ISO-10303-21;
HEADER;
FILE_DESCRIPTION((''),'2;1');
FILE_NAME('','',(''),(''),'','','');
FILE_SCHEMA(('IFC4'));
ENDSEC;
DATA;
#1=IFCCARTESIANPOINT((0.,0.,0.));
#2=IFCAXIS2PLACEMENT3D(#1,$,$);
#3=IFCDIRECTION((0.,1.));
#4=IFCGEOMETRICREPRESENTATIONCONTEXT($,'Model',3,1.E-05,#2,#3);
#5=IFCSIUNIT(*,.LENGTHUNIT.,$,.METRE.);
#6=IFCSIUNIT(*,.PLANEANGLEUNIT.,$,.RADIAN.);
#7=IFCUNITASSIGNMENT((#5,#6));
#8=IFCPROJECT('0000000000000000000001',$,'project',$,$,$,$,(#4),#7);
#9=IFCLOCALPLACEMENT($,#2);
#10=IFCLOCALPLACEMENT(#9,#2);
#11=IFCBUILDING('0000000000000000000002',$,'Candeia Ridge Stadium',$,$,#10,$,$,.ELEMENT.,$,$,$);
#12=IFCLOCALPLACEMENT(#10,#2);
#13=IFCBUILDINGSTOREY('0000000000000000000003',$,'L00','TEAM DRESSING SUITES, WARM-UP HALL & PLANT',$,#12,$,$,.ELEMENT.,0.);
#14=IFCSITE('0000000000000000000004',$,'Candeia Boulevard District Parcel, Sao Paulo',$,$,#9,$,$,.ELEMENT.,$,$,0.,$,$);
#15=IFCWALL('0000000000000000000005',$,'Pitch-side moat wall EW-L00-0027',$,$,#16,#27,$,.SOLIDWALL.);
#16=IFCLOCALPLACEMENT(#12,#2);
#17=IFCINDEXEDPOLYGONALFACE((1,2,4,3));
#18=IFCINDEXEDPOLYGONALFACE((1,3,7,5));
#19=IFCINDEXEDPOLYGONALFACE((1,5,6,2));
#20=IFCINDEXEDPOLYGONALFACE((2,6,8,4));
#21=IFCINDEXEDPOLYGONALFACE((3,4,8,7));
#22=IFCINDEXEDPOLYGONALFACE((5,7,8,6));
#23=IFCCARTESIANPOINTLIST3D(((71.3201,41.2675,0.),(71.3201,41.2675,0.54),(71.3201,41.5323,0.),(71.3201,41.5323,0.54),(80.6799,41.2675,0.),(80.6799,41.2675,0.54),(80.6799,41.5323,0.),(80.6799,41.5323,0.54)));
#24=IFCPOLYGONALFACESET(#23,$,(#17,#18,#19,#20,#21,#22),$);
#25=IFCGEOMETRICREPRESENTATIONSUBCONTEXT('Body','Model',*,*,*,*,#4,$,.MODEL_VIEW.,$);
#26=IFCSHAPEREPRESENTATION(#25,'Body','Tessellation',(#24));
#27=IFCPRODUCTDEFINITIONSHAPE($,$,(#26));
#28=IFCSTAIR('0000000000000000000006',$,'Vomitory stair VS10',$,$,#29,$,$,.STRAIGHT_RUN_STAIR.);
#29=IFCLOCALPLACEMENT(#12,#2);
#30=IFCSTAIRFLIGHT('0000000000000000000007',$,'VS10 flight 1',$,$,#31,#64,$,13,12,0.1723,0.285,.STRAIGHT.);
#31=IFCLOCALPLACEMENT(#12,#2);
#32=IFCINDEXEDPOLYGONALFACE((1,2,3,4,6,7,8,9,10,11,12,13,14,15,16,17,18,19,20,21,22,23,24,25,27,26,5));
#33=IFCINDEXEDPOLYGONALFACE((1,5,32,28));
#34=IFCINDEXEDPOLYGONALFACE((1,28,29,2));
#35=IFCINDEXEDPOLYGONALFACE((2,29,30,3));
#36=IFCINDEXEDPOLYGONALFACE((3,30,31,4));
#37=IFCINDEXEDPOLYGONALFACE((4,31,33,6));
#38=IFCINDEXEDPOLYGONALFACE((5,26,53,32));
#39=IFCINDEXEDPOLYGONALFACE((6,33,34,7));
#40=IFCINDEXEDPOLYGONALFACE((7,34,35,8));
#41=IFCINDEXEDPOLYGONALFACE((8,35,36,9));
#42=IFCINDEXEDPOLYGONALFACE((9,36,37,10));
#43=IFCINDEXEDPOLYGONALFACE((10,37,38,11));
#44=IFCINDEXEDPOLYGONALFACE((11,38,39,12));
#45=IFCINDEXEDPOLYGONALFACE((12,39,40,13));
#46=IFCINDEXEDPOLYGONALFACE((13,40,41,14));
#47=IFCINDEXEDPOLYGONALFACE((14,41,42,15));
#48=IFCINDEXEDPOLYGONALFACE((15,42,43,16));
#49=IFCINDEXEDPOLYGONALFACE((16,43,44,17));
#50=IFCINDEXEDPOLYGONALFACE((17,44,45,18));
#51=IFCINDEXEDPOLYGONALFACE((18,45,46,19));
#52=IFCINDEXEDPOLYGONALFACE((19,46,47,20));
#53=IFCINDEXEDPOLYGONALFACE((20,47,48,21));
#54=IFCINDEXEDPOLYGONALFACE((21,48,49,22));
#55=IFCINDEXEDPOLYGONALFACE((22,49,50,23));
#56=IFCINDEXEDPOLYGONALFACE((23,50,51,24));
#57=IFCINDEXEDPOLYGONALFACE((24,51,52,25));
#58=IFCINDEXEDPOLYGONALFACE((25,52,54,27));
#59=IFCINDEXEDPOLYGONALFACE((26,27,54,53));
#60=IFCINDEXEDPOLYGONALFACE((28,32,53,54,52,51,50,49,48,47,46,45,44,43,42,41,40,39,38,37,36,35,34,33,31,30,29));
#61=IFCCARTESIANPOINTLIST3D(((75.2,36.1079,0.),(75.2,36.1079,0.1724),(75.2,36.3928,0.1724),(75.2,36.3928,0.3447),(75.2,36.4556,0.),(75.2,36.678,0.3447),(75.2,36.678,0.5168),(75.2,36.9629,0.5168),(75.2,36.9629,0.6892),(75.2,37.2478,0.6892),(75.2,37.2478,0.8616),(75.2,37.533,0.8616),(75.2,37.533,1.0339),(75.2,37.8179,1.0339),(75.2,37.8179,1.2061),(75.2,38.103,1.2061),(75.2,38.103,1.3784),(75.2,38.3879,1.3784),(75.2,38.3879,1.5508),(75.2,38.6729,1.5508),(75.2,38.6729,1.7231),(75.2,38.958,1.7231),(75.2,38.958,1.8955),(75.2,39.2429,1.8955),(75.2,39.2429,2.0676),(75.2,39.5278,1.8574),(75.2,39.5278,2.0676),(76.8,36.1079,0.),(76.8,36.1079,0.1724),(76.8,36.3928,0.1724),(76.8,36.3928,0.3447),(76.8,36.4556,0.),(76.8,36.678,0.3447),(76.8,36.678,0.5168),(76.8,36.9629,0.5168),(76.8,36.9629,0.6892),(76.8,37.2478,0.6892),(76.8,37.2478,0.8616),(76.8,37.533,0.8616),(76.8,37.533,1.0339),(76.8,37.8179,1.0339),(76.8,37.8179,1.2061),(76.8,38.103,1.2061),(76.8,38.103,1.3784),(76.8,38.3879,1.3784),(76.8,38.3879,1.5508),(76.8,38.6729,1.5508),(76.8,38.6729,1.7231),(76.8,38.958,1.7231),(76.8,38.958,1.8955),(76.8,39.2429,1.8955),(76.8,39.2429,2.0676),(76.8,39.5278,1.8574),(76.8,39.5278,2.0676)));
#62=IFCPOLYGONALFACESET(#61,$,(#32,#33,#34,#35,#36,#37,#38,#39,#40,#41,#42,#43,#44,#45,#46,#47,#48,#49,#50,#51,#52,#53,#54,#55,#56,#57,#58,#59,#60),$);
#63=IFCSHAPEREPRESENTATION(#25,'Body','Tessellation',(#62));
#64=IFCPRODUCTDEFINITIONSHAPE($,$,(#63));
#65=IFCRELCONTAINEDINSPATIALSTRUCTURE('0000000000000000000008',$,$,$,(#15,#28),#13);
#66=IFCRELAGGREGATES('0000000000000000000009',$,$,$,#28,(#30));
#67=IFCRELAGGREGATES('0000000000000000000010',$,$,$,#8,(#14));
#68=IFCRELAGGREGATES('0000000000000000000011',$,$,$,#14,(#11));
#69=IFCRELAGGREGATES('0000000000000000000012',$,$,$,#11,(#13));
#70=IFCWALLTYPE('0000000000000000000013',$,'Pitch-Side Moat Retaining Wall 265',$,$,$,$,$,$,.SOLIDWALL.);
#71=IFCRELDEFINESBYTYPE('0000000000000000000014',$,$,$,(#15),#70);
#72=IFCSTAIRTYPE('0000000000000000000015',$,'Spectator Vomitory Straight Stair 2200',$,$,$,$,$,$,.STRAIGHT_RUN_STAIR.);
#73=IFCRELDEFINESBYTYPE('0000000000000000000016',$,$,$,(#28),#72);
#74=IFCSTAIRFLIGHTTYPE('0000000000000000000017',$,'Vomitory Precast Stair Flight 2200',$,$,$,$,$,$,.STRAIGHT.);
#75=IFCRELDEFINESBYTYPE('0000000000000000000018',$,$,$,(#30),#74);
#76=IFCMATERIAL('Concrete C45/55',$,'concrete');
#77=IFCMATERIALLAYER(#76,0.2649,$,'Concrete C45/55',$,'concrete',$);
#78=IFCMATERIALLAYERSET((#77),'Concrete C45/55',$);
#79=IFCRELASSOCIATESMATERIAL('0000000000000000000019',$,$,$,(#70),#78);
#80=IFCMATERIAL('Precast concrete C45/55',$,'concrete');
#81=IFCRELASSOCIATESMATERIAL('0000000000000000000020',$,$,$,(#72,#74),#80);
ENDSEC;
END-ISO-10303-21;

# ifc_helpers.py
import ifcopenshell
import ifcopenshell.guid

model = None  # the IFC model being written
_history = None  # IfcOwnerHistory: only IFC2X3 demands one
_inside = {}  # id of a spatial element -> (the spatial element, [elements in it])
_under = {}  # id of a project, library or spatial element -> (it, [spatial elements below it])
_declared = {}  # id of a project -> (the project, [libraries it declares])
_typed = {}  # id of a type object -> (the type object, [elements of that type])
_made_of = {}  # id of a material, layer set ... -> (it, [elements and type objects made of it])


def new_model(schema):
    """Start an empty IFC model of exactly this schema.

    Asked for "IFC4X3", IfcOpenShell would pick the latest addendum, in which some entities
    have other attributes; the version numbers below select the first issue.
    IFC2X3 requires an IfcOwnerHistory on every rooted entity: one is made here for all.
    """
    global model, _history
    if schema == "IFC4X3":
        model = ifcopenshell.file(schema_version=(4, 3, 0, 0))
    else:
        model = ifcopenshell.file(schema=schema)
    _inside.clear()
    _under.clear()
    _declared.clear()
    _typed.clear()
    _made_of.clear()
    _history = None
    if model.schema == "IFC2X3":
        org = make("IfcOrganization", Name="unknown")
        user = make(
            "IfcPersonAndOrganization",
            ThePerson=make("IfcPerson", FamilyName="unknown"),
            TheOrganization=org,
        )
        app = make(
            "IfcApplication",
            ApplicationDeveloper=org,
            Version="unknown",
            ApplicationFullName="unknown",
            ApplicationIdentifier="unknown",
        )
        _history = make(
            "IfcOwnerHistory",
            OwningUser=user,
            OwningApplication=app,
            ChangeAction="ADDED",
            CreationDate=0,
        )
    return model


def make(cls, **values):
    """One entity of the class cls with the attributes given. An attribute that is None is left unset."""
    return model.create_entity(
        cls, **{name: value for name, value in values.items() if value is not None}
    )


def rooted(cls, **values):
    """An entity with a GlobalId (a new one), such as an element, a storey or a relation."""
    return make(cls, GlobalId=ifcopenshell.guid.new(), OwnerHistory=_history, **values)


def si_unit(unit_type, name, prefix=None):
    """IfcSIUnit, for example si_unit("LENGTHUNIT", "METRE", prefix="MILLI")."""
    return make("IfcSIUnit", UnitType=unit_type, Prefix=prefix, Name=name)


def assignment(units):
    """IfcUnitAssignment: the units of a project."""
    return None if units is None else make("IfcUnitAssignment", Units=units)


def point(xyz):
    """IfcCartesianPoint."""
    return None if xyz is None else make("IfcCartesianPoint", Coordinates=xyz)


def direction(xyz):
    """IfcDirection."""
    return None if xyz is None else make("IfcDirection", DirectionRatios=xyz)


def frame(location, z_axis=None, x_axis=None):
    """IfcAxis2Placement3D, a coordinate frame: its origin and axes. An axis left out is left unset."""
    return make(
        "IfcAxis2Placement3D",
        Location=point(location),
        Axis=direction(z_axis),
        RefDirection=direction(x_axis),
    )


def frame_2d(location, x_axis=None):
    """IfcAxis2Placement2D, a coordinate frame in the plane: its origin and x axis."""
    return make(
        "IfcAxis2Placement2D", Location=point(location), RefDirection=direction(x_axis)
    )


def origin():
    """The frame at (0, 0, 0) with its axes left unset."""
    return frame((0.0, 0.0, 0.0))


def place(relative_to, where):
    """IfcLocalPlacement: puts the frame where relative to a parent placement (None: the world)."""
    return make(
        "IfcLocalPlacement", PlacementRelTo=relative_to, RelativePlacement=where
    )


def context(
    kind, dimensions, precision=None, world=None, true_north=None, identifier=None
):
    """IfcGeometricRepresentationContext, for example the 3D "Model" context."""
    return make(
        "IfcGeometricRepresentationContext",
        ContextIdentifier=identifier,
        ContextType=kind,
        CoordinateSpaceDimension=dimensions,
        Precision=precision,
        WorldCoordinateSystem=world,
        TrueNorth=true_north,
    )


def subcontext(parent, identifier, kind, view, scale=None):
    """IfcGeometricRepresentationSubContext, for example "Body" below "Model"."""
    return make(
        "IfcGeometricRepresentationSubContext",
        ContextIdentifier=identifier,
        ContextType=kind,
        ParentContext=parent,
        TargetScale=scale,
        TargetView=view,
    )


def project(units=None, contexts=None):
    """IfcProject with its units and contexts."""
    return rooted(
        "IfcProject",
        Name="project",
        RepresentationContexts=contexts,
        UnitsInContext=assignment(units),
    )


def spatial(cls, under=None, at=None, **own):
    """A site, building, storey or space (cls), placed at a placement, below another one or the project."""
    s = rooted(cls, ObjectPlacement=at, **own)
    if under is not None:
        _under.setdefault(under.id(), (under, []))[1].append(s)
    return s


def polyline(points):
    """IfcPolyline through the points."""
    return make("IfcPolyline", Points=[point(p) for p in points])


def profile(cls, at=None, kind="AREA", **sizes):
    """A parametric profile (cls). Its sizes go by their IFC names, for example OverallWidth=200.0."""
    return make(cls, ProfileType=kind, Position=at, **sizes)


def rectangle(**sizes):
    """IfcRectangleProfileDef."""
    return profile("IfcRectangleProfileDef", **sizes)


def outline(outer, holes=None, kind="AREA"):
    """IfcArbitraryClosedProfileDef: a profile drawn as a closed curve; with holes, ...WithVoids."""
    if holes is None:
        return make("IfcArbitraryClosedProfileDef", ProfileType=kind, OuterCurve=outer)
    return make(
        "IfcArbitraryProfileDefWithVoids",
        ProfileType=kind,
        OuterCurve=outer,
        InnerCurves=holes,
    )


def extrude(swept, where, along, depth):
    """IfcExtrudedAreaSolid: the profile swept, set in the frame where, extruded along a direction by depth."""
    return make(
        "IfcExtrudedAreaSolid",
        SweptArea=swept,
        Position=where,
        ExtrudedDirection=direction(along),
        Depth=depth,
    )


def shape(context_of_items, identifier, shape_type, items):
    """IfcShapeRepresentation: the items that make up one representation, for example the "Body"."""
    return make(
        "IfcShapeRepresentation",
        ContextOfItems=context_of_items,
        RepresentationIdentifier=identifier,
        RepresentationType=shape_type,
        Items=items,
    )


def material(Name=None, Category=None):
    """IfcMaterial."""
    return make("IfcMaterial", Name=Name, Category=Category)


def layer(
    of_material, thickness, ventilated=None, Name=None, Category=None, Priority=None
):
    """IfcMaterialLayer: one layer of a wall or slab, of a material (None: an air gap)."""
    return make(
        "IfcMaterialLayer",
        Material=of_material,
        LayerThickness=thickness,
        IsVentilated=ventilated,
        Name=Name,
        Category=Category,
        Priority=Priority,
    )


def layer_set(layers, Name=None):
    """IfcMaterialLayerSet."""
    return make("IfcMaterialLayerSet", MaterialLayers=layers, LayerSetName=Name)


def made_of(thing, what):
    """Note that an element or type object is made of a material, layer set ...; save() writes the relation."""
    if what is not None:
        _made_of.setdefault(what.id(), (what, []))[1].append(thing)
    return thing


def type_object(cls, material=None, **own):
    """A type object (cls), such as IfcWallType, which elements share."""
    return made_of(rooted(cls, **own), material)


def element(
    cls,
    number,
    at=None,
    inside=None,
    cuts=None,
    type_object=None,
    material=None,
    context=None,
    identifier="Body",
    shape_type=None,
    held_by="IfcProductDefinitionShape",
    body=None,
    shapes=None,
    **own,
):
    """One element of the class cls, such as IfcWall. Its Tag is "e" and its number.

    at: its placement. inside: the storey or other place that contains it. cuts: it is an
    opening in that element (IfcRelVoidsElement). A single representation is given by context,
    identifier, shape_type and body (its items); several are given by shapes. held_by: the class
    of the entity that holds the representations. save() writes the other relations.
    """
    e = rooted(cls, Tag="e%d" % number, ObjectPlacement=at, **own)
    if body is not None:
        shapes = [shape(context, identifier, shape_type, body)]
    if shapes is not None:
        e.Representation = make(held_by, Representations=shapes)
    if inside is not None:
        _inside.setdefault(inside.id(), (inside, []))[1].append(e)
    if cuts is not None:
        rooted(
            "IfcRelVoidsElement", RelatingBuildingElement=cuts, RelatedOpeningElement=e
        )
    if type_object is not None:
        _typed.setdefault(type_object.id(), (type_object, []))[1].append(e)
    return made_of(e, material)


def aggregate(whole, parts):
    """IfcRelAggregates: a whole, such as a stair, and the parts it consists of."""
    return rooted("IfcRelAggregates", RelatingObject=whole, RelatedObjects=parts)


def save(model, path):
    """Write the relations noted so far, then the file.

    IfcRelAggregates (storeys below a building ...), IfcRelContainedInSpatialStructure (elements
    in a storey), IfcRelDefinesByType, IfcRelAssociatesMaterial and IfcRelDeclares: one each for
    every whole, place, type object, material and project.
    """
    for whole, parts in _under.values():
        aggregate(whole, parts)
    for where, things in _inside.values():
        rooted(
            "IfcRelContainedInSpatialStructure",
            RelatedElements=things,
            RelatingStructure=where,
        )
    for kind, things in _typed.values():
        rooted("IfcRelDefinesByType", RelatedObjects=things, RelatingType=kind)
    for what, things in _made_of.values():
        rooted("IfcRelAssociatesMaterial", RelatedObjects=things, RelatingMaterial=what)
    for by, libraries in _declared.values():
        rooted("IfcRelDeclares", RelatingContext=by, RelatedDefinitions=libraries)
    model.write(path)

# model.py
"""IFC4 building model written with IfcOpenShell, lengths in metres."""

from ifc_helpers import new_model, si_unit, direction, frame, frame_2d, origin, place, context, subcontext, project, spatial, polyline, rectangle, outline, extrude, material, layer, layer_set, type_object, element, aggregate, save


model = new_model("IFC4")

# Units and contexts
model_context = context("Model", 3, precision=1e-05, world=origin(), true_north=direction((0.0, 1.0)))
body_context = subcontext(model_context, "Body", "Model", "MODEL_VIEW")
ifc_project = project(units=[si_unit("LENGTHUNIT", "METRE"), si_unit("PLANEANGLEUNIT", "RADIAN")], contexts=[model_context])

# Site, building, storey
site_placement = place(None, origin())
site = spatial("IfcSite", under=ifc_project, at=site_placement, Name="Candeia Boulevard District Parcel, Sao Paulo", CompositionType="ELEMENT", RefElevation=0.0)
building_placement = place(site_placement, origin())
building = spatial("IfcBuilding", under=site, at=building_placement, Name="Candeia Ridge Stadium", CompositionType="ELEMENT")
storey_placement = place(building_placement, origin())
storey = spatial("IfcBuildingStorey", under=building, at=storey_placement, Name="L00", Description="TEAM DRESSING SUITES, WARM-UP HALL & PLANT", CompositionType="ELEMENT", Elevation=0.0)

# Shared definitions
ifc_material_1 = material(Name="Concrete C45/55", Category="concrete")

# Shared definitions
ifc_material_2 = material(Name="Precast concrete C45/55", Category="concrete")

# Wall
ifc_layer_1 = layer(ifc_material_1, 0.2649, Name="Concrete C45/55", Category="concrete")
ifc_layer_set_1 = layer_set([ifc_layer_1], Name="Concrete C45/55")
wall_type = type_object("IfcWallType", Name="Pitch-Side Moat Retaining Wall 265", PredefinedType="SOLIDWALL", material=ifc_layer_set_1)
wall_placement = place(storey_placement, frame((71.3201, 41.3999, 0.0), z_axis=(0.0, 0.0, 1.0), x_axis=(1.0, 0.0, 0.0)))
element("IfcWall", 1, at=wall_placement, inside=storey, type_object=wall_type, Name="Pitch-side moat wall EW-L00-0027", PredefinedType="SOLIDWALL", context=body_context, shape_type="SweptSolid", body=[
    extrude(rectangle(XDim=9.3599, YDim=0.2649, at=frame_2d((4.6799, 0.0))), origin(), (0.0, 0.0, 1.0), 0.54),
])

# Stair, stair flight
stair_type = type_object("IfcStairType", Name="Spectator Vomitory Straight Stair 2200", PredefinedType="STRAIGHT_RUN_STAIR", material=ifc_material_2)
stair_placement = place(storey_placement, origin())
stair = element("IfcStair", 2, at=stair_placement, inside=storey, type_object=stair_type, Name="Vomitory stair VS10", PredefinedType="STRAIGHT_RUN_STAIR")
stair_flight_type = type_object("IfcStairFlightType", Name="Vomitory Precast Stair Flight 2200", PredefinedType="STRAIGHT", material=ifc_material_2)
stair_flight_placement = place(storey_placement, frame((76.0, 36.1079, 0.0), z_axis=(0.0, 0.0, 1.0), x_axis=(0.0, 1.0, 0.0)))
stair_flight = element("IfcStairFlight", 3, at=stair_flight_placement, type_object=stair_flight_type, Name="VS10 flight 1", NumberOfRisers=13, NumberOfTreads=12, PredefinedType="STRAIGHT", RiserHeight=0.1723, TreadLength=0.285, context=body_context, shape_type="SweptSolid", body=[
    extrude(outline(polyline([(0.0, 0.0), (0.0, 0.1724), (0.2849, 0.1724), (0.2849, 0.3447), (0.5701, 0.3447), (0.5701, 0.5168), (0.855, 0.5168), (0.855, 0.6892), (1.1399, 0.6892), (1.1399, 0.8616), (1.425, 0.8616), (1.425, 1.0339), (1.71, 1.0339), (1.71, 1.2061), (1.9951, 1.2061), (1.9951, 1.3784), (2.28, 1.3784), (2.28, 1.5508), (2.5649, 1.5508), (2.5649, 1.7231), (2.8501, 1.7231), (2.8501, 1.8955), (3.135, 1.8955), (3.135, 2.0676), (3.4199, 2.0676), (3.4199, 2.24), (3.4199, 1.8574), (0.3477, 0.0), (0.0, 0.0)])), frame((0.0, 0.8, 0.0), z_axis=(0.0, -1.0, 0.0), x_axis=(1.0, 0.0, 0.0)), (0.0, 0.0, 1.0), 1.6001),
])
aggregate(stair, [stair_flight])

save(model, "model.ifc")
